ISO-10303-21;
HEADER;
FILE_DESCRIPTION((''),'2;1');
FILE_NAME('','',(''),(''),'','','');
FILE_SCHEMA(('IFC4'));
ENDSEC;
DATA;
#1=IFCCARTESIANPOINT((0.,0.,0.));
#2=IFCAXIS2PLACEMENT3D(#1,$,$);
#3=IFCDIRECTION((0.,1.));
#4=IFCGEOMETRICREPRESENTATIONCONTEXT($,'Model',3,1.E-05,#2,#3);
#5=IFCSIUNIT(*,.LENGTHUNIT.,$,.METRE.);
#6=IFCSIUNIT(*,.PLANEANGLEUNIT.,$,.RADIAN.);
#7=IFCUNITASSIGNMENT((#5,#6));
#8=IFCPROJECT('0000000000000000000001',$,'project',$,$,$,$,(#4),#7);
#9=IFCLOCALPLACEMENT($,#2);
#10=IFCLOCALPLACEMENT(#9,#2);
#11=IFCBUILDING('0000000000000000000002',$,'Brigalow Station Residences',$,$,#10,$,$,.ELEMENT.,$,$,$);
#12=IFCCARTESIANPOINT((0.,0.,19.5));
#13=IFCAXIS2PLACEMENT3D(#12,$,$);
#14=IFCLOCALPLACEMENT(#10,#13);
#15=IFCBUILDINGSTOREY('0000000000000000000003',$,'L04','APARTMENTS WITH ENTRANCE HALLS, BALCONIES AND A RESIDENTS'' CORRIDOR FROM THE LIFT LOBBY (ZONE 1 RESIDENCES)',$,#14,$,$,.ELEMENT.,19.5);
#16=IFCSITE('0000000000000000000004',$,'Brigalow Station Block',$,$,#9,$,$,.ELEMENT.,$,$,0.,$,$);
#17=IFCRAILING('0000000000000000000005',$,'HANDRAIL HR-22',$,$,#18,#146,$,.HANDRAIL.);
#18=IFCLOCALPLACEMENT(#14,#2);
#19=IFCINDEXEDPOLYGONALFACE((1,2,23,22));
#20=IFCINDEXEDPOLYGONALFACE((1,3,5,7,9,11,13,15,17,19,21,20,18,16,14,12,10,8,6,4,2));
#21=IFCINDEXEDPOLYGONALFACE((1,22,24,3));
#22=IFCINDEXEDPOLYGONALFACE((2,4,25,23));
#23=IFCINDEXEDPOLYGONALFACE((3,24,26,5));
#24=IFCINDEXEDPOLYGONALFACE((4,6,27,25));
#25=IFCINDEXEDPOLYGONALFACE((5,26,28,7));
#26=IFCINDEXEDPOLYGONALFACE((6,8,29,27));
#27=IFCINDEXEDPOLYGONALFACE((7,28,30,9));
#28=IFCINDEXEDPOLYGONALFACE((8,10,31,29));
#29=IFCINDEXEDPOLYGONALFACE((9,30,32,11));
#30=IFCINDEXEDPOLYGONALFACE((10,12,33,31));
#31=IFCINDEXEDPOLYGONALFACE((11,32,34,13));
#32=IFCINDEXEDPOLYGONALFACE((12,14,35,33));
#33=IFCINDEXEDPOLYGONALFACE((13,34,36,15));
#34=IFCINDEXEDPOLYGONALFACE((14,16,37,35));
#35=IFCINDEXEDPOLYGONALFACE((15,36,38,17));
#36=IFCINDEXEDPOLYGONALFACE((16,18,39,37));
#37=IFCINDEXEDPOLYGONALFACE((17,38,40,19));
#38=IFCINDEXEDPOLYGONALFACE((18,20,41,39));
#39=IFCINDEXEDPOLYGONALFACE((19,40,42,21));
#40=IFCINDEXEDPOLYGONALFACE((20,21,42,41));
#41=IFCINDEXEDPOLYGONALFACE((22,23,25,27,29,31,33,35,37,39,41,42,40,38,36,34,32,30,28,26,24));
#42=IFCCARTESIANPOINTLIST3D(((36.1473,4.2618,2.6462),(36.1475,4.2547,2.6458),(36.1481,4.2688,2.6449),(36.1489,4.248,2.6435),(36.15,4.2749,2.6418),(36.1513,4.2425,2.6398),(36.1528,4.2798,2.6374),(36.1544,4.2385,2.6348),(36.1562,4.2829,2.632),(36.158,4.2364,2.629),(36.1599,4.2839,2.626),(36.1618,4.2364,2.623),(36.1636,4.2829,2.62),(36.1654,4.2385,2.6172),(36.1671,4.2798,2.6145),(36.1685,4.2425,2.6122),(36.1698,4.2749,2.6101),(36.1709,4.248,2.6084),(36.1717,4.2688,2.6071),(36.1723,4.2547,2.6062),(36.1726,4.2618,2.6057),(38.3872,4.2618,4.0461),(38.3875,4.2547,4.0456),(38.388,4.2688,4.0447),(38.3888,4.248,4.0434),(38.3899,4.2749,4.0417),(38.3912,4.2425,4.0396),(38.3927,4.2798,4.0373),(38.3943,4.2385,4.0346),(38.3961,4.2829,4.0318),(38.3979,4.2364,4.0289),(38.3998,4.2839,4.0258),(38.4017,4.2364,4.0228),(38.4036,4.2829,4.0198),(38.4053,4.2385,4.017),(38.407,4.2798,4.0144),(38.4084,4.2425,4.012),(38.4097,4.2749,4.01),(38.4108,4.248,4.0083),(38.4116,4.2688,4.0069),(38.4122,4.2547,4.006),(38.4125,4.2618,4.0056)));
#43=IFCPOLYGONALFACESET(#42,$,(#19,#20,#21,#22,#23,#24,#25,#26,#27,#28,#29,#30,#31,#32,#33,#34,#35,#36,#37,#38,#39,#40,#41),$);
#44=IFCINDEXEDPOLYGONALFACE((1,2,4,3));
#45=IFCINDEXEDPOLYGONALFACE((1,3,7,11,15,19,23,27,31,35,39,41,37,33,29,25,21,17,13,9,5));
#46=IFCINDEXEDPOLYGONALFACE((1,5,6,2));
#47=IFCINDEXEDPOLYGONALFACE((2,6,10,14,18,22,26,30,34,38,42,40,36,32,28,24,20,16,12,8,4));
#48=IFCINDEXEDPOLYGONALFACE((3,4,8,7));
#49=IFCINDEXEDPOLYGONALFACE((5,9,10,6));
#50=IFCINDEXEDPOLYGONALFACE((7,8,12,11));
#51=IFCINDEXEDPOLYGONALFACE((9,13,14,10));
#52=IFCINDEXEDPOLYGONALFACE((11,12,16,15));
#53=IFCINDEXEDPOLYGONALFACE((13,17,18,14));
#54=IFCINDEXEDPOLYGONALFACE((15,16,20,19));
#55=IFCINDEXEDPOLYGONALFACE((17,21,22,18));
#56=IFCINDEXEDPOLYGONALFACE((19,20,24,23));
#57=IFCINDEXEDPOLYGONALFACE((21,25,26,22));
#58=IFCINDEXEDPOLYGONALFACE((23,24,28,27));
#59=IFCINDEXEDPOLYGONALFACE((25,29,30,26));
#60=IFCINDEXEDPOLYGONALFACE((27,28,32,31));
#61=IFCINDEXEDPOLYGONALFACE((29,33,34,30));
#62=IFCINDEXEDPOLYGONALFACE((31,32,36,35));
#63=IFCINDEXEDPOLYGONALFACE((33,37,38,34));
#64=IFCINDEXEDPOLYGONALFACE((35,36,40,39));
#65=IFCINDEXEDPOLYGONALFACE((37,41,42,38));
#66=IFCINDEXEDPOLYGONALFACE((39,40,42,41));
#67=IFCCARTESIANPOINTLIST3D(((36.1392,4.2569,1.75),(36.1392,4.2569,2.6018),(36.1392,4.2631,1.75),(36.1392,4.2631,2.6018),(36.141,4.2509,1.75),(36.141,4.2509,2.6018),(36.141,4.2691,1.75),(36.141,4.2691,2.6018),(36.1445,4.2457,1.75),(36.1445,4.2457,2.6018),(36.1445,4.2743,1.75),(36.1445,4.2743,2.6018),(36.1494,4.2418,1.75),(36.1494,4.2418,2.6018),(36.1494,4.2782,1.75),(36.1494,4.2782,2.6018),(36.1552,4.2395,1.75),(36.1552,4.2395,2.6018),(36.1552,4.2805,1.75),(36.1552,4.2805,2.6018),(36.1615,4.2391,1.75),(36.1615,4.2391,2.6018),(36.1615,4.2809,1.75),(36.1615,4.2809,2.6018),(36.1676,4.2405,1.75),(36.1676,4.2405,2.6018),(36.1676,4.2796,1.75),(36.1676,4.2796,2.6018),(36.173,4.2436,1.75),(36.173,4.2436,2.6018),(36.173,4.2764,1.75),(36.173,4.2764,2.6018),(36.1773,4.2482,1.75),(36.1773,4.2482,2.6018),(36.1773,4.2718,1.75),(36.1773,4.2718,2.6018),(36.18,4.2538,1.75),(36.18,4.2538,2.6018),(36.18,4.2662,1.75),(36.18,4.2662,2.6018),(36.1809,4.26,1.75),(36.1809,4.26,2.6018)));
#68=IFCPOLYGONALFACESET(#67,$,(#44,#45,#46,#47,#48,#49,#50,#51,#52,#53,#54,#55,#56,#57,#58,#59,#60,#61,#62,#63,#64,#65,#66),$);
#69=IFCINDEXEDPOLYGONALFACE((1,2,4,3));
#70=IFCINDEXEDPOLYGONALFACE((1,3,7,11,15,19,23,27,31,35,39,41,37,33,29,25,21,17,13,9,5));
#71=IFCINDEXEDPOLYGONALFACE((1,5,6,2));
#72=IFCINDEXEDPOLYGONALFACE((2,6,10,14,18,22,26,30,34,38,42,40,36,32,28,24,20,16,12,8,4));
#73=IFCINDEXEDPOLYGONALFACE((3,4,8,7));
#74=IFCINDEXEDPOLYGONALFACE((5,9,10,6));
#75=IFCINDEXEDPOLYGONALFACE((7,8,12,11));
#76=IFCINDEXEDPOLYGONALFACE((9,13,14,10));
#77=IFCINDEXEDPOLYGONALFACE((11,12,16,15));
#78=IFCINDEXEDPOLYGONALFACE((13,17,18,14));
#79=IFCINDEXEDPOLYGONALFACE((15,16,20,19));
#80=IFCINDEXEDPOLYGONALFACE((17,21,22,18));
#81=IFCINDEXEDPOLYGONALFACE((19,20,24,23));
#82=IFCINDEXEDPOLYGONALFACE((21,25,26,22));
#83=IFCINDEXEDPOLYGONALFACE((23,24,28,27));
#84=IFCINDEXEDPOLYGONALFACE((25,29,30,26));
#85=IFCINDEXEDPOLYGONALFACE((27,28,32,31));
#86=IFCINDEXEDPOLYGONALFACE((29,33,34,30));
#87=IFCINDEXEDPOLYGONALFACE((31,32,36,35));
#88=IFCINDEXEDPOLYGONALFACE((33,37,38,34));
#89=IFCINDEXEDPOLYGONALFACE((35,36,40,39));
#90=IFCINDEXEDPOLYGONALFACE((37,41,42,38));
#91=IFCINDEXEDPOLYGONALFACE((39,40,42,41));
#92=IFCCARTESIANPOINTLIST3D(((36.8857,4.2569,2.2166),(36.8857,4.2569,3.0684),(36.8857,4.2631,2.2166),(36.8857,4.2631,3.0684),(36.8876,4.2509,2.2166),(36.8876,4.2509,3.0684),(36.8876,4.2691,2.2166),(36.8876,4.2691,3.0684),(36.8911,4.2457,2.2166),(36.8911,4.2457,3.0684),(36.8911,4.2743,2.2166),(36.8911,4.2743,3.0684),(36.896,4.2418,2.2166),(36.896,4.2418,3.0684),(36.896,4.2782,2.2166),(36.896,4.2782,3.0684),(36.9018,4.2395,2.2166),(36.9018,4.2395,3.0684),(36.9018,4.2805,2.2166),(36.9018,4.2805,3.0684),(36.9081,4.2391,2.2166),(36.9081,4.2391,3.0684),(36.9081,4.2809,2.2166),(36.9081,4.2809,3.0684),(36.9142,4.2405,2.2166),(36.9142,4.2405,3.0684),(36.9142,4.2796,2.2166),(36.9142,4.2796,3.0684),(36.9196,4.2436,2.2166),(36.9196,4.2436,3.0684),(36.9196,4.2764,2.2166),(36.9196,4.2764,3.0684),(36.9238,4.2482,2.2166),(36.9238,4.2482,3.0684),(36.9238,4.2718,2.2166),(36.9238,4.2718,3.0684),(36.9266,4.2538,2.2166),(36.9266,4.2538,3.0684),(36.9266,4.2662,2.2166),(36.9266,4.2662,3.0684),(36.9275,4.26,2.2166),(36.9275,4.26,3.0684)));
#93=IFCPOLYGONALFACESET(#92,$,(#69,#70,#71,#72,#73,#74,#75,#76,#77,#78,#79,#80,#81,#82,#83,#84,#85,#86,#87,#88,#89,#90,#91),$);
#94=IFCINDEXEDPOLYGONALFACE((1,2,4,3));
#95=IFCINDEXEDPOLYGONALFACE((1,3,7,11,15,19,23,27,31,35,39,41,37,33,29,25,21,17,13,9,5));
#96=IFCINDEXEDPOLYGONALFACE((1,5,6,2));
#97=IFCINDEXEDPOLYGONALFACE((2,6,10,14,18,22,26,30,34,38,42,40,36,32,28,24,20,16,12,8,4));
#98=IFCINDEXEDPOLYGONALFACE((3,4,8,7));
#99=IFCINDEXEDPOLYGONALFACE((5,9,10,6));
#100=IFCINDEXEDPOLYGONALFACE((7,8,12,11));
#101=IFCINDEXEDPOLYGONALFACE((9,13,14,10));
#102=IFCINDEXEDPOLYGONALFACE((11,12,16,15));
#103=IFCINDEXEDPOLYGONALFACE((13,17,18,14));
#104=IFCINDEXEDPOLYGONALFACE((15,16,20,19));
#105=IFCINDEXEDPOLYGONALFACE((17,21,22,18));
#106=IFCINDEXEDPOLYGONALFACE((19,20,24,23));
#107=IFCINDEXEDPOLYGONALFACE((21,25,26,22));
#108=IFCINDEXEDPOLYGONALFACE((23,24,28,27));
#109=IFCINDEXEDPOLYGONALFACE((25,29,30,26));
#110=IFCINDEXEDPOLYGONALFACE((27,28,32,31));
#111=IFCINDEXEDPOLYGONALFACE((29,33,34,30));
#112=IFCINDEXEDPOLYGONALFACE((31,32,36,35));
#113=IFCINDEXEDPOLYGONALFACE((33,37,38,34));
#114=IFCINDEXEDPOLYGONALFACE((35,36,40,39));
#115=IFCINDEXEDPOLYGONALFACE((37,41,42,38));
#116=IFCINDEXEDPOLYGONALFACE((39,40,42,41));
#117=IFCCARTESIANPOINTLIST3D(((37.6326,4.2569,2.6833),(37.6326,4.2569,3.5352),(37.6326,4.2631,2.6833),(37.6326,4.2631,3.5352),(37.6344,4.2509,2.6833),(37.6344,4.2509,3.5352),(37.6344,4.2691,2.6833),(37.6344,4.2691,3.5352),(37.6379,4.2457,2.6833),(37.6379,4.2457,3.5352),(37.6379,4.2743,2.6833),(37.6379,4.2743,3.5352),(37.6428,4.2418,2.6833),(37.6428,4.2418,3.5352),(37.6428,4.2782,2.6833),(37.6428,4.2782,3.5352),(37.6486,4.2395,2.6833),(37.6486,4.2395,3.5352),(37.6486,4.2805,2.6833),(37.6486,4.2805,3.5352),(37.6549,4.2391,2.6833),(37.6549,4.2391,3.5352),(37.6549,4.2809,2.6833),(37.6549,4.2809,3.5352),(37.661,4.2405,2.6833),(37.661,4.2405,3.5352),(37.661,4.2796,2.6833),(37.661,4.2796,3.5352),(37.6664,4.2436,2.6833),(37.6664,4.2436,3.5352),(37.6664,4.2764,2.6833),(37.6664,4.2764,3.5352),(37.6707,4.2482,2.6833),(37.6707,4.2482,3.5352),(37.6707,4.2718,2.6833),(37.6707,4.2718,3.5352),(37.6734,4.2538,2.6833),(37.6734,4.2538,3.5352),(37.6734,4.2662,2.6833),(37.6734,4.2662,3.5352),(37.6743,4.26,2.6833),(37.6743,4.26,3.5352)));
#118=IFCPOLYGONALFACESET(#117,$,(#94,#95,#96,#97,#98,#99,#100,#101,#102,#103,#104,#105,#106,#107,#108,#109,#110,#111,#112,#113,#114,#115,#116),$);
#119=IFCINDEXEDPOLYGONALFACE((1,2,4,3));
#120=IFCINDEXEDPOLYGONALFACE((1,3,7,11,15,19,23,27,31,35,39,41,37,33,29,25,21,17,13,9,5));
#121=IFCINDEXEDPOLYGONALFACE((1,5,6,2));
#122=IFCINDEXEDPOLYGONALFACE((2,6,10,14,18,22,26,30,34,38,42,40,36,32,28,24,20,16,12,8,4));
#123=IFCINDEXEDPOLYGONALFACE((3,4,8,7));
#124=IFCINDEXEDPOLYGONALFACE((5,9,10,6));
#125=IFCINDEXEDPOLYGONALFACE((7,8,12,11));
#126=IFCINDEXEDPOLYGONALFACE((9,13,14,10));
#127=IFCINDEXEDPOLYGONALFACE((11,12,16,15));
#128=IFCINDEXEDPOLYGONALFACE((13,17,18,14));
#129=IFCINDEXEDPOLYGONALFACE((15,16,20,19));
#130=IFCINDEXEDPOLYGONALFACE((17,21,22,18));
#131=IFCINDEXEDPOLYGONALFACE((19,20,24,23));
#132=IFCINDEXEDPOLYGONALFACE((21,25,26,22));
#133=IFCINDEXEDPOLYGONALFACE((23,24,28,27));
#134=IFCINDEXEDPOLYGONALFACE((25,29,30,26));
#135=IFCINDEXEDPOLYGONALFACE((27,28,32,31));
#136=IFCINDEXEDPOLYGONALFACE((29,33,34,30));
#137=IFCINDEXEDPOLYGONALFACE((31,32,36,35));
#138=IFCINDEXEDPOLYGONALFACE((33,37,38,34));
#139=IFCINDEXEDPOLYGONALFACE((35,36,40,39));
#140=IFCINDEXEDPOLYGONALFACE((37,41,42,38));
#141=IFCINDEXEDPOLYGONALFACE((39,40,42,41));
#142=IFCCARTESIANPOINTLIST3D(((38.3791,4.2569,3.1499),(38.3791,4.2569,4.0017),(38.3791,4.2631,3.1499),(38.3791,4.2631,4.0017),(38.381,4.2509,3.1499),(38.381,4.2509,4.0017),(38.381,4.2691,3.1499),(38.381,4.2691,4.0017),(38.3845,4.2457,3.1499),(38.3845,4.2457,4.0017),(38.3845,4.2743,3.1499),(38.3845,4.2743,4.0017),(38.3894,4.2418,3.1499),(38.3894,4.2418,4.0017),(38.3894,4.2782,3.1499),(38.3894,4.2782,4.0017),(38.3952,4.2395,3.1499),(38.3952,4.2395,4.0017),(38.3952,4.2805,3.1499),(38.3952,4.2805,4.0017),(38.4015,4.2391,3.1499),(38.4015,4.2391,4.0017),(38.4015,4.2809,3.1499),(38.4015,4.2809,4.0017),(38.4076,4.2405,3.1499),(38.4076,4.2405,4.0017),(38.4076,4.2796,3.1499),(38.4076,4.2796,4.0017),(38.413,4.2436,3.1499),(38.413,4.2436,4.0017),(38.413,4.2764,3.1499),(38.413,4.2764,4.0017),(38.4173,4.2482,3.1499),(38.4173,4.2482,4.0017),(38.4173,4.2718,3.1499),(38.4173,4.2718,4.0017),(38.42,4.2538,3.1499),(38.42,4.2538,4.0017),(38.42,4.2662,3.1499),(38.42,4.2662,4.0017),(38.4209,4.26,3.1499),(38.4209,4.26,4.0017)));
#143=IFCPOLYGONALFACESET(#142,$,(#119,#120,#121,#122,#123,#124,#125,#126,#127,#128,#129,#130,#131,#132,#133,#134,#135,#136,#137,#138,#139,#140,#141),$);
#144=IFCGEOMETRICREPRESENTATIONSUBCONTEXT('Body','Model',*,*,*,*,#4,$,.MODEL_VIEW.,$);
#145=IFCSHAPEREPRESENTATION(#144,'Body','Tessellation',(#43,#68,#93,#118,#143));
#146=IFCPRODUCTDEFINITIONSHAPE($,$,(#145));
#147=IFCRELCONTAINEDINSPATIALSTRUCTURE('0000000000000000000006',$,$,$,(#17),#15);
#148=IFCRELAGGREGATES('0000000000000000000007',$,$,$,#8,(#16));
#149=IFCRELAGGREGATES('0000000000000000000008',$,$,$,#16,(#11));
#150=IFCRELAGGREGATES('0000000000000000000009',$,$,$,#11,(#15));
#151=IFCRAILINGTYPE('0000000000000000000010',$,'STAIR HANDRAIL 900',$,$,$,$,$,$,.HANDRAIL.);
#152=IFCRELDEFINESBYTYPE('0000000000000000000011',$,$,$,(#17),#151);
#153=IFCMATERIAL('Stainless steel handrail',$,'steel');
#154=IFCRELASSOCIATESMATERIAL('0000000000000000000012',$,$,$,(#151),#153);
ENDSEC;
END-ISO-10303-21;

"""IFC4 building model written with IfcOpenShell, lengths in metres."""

from ifc_helpers import new_model, si_unit, direction, frame, origin, origin_2d, place, context, subcontext, project, spatial, circle, extrude, material, type_object, element, save


model = new_model("IFC4")

# Units and contexts
model_context = context("Model", 3, precision=1e-05, world=origin(), true_north=direction((0.0, 1.0)))
body_context = subcontext(model_context, "Body", "Model", "MODEL_VIEW")
ifc_project = project(units=[si_unit("LENGTHUNIT", "METRE"), si_unit("PLANEANGLEUNIT", "RADIAN")], contexts=[model_context])

# Site, building, storey
site_placement = place(None, origin())
site = spatial("IfcSite", under=ifc_project, at=site_placement, Name="Brigalow Station Block", CompositionType="ELEMENT", RefElevation=0.0)
building_placement = place(site_placement, origin())
building = spatial("IfcBuilding", under=site, at=building_placement, Name="Brigalow Station Residences", CompositionType="ELEMENT")
storey_placement = place(building_placement, frame((0.0, 0.0, 19.5)))
storey = spatial("IfcBuildingStorey", under=building, at=storey_placement, Name="L04", Description="APARTMENTS WITH ENTRANCE HALLS, BALCONIES AND A RESIDENTS' CORRIDOR FROM THE LIFT LOBBY (ZONE 1 RESIDENCES)", CompositionType="ELEMENT", Elevation=19.5)

# Railing
ifc_material_1 = material(Name="Stainless steel handrail", Category="steel")
railing_type_1 = type_object("IfcRailingType", Name="STAIR HANDRAIL 900", PredefinedType="HANDRAIL", material=ifc_material_1)
railing_1_placement = place(storey_placement, frame((36.1599, 4.26, 1.75)))
element("IfcRailing", 1, at=railing_1_placement, inside=storey, type_object=railing_type_1, Name="HANDRAIL HR-22", PredefinedType="HANDRAIL", context=body_context, shape_type="SweptSolid", body=[
    extrude(circle(Radius=0.0239, at=origin_2d()), frame((0.0, 0.0, 0.876), z_axis=(0.848014, 0.0, 0.529974), x_axis=(0.0, 1.0, 0.0)), (0.0, 0.0, 1.0), 2.6414),
    extrude(circle(Radius=0.021, at=origin_2d()), origin(), (0.0, 0.0, 1.0), 0.8518),
    extrude(circle(Radius=0.021, at=origin_2d()), frame((0.7466, 0.0, 0.4666)), (0.0, 0.0, 1.0), 0.8518),
    extrude(circle(Radius=0.021, at=origin_2d()), frame((1.4934, 0.0, 0.9333)), (0.0, 0.0, 1.0), 0.8518),
    extrude(circle(Radius=0.021, at=origin_2d()), frame((2.24, 0.0, 1.3999)), (0.0, 0.0, 1.0), 0.8518),
])

save(model, "model.ifc")
